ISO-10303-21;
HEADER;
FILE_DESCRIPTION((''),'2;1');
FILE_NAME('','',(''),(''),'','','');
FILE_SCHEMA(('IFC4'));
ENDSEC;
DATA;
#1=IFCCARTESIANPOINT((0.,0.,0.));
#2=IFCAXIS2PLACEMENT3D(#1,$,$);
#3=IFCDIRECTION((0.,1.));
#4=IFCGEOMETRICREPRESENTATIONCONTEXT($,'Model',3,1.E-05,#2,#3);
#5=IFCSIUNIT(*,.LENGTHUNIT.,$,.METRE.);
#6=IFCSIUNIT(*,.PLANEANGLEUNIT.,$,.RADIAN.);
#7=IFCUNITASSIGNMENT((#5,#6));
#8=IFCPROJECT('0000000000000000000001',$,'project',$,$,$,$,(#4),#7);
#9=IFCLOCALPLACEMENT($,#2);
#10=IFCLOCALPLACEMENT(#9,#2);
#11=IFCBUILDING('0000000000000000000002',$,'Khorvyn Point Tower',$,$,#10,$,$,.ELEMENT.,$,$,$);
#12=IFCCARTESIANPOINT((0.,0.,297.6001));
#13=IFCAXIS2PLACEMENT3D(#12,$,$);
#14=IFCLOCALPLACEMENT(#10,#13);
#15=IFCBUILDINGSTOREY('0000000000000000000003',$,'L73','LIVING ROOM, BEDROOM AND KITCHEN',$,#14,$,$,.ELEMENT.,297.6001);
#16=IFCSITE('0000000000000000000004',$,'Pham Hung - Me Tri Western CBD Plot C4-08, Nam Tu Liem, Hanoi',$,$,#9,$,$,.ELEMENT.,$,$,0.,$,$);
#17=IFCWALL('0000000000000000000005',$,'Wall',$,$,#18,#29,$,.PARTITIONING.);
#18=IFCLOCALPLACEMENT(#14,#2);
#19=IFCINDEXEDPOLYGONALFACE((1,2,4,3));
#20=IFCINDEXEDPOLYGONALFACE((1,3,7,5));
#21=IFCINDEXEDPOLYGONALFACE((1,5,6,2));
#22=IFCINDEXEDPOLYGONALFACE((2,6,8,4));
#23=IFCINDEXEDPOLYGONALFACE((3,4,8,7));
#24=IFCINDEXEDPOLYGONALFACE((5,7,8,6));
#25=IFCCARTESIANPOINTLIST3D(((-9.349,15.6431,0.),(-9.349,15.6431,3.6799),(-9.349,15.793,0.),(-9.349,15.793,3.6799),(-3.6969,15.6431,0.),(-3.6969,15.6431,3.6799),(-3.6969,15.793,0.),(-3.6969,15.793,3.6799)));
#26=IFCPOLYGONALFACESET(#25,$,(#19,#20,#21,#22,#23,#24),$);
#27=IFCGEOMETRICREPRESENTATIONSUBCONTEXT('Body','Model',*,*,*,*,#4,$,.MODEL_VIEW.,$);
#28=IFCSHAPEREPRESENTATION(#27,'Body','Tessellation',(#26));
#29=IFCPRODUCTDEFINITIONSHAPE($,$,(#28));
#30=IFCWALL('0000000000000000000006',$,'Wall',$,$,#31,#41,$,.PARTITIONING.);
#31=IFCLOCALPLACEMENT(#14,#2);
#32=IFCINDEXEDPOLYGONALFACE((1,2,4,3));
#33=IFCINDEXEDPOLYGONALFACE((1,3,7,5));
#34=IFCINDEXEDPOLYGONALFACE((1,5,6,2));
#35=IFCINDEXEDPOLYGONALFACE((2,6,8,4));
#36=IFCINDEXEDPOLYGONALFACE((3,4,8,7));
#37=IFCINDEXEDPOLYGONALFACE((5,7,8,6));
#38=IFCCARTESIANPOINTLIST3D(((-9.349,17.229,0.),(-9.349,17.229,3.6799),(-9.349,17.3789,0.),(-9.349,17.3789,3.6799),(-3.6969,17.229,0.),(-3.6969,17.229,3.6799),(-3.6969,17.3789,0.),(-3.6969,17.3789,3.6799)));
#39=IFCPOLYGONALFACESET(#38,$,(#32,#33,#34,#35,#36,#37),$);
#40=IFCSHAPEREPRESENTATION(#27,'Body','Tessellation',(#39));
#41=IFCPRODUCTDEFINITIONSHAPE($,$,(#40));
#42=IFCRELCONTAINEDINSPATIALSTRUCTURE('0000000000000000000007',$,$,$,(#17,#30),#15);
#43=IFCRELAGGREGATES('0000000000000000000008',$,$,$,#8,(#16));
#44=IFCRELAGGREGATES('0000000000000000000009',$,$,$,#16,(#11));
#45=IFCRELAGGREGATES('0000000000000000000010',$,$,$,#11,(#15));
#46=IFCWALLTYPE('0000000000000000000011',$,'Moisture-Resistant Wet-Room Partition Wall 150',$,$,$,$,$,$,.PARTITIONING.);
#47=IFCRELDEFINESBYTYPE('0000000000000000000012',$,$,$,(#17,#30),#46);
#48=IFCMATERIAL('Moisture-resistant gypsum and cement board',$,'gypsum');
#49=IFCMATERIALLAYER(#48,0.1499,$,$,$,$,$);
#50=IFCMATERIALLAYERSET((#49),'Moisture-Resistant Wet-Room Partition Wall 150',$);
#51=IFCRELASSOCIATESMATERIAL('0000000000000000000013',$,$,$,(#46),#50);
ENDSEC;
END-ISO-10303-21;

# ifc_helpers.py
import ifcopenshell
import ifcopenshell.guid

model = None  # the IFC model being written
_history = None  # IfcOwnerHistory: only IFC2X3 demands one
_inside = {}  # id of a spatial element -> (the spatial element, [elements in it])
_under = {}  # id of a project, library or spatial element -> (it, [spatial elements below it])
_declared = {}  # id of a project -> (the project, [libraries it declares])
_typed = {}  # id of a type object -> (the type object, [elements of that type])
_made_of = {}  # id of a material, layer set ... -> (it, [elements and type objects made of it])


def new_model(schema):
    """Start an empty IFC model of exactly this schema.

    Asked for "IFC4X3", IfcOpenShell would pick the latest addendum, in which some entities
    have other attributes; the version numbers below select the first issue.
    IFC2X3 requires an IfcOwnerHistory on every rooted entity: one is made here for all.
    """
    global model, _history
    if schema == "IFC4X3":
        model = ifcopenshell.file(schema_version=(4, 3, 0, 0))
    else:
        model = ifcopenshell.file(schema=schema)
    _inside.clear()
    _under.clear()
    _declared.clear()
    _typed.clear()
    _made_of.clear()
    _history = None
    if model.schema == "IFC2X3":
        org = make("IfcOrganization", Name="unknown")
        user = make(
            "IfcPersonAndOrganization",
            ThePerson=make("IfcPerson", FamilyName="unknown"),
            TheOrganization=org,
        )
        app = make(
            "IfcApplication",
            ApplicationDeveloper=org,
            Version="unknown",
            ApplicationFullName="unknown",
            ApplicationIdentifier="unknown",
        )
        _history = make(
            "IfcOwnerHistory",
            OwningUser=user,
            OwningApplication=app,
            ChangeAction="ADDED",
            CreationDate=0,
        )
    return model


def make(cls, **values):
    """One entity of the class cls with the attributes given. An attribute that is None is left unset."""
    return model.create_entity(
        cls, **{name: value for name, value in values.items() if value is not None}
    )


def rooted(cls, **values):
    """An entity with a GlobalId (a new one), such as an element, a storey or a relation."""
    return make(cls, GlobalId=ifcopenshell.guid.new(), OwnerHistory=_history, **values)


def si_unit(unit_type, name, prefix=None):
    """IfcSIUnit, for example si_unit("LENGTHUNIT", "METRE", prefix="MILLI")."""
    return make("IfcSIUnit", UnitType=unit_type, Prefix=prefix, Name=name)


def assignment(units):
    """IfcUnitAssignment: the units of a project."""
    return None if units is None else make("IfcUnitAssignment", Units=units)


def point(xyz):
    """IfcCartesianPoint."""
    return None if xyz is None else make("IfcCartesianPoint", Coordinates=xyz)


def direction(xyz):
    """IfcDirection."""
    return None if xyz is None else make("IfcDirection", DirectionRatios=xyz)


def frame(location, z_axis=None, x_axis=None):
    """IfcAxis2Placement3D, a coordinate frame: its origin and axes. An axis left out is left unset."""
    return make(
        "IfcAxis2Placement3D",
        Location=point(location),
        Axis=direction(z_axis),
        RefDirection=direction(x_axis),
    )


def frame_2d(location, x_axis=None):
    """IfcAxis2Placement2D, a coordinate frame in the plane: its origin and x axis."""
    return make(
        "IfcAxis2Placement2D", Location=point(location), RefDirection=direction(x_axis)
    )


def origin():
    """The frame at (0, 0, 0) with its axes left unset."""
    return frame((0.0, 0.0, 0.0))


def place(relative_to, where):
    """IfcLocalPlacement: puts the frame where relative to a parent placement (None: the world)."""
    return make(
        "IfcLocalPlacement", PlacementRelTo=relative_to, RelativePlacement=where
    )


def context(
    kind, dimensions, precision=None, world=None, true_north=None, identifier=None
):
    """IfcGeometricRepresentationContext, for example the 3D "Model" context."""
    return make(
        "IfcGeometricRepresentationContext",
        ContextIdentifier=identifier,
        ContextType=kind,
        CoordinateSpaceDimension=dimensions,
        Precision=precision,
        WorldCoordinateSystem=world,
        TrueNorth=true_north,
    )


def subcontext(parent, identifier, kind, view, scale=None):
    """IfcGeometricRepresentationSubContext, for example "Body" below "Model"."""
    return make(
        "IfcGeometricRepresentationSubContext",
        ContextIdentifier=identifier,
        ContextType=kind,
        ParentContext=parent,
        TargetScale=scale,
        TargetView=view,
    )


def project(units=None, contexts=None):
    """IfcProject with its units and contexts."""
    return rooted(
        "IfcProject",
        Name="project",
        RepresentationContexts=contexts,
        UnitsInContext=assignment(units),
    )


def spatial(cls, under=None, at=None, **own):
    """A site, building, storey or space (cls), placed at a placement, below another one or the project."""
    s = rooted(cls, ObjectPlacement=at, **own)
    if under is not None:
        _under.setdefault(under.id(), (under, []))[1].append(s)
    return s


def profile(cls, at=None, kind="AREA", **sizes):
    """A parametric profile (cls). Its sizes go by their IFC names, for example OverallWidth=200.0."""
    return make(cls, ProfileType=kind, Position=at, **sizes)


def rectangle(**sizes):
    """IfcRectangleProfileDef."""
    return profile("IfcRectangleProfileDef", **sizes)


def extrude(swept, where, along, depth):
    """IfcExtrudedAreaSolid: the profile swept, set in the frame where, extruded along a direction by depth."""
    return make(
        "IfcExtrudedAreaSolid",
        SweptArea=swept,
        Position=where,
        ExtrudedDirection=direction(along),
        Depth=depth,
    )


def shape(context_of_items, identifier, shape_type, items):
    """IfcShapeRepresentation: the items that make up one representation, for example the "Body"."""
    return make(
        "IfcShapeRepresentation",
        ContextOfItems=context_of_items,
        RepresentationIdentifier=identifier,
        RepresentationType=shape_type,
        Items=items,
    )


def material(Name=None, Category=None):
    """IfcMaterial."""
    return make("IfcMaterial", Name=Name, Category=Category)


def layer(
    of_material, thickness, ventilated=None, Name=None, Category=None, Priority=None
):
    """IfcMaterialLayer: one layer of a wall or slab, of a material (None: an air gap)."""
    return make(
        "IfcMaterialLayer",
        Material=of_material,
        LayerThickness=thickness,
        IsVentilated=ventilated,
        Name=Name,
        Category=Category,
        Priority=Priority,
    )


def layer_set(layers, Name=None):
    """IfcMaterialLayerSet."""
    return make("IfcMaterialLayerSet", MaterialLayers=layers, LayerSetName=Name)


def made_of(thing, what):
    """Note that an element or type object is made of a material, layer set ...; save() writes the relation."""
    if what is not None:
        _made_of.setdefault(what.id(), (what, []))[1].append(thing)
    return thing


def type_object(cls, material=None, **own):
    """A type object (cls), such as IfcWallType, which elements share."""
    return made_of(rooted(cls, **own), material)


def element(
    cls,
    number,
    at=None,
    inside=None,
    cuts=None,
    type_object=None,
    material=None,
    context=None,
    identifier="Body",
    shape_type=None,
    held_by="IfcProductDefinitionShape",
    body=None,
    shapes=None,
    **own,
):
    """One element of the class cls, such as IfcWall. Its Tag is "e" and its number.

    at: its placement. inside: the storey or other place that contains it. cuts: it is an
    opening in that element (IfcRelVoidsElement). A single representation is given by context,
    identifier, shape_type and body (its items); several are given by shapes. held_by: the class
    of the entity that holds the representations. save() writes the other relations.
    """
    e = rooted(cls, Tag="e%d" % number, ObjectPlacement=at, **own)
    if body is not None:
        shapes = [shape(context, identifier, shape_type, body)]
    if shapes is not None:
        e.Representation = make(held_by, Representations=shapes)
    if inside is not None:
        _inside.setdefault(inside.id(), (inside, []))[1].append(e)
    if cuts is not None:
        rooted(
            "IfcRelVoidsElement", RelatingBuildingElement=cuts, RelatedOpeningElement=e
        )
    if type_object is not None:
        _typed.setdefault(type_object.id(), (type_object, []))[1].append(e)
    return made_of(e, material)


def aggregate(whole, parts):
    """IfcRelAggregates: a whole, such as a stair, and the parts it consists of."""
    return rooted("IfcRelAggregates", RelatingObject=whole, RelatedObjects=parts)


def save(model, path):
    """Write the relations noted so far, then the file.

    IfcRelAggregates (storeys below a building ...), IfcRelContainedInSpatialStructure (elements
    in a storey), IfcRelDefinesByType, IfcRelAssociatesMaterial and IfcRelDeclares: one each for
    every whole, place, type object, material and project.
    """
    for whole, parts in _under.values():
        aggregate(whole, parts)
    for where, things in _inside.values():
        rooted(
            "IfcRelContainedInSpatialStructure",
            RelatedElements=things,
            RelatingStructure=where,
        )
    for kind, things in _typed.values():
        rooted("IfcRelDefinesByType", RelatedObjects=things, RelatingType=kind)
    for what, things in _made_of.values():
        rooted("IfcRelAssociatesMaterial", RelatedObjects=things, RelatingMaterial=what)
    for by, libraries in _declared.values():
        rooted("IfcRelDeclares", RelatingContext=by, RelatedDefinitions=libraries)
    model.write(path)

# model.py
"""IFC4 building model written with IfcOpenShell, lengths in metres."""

from ifc_helpers import new_model, si_unit, direction, frame, frame_2d, origin, place, context, subcontext, project, spatial, rectangle, extrude, material, layer, layer_set, type_object, element, save


model = new_model("IFC4")

# Units and contexts
model_context = context("Model", 3, precision=1e-05, world=origin(), true_north=direction((0.0, 1.0)))
body_context = subcontext(model_context, "Body", "Model", "MODEL_VIEW")
ifc_project = project(units=[si_unit("LENGTHUNIT", "METRE"), si_unit("PLANEANGLEUNIT", "RADIAN")], contexts=[model_context])

# Site, building, storey
site_placement = place(None, origin())
site = spatial("IfcSite", under=ifc_project, at=site_placement, Name="Pham Hung - Me Tri Western CBD Plot C4-08, Nam Tu Liem, Hanoi", CompositionType="ELEMENT", RefElevation=0.0)
building_placement = place(site_placement, origin())
building = spatial("IfcBuilding", under=site, at=building_placement, Name="Khorvyn Point Tower", CompositionType="ELEMENT")
storey_placement = place(building_placement, frame((0.0, 0.0, 297.6001)))
storey = spatial("IfcBuildingStorey", under=building, at=storey_placement, Name="L73", Description="LIVING ROOM, BEDROOM AND KITCHEN", CompositionType="ELEMENT", Elevation=297.6001)

# Shared definitions
ifc_material_1 = material(Name="Moisture-resistant gypsum and cement board", Category="gypsum")
ifc_layer_1 = layer(ifc_material_1, 0.1499)
ifc_layer_set_1 = layer_set([ifc_layer_1], Name="Moisture-Resistant Wet-Room Partition Wall 150")
wall_type_1 = type_object("IfcWallType", Name="Moisture-Resistant Wet-Room Partition Wall 150", PredefinedType="PARTITIONING", material=ifc_layer_set_1)

# Walls
for number, where, z_axis, x_axis, name in (
    (1, (-9.3491, 15.718, 0.0), (0.0, 0.0, 1.0), (1.0, 0.0, 0.0), "Wall"),
    (2, (-9.3491, 17.304, 0.0), (0.0, 0.0, 1.0), (1.0, 0.0, 0.0), "Wall"),
):
    element("IfcWall", number, at=place(storey_placement, frame(where, z_axis=z_axis, x_axis=x_axis)), inside=storey, type_object=wall_type_1, Name=name, PredefinedType="PARTITIONING", context=body_context, shape_type="SweptSolid", body=[
        extrude(rectangle(XDim=5.6521, YDim=0.1499, at=frame_2d((2.8262, 0.0))), origin(), (0.0, 0.0, 1.0), 3.6799),
    ])

save(model, "model.ifc")
